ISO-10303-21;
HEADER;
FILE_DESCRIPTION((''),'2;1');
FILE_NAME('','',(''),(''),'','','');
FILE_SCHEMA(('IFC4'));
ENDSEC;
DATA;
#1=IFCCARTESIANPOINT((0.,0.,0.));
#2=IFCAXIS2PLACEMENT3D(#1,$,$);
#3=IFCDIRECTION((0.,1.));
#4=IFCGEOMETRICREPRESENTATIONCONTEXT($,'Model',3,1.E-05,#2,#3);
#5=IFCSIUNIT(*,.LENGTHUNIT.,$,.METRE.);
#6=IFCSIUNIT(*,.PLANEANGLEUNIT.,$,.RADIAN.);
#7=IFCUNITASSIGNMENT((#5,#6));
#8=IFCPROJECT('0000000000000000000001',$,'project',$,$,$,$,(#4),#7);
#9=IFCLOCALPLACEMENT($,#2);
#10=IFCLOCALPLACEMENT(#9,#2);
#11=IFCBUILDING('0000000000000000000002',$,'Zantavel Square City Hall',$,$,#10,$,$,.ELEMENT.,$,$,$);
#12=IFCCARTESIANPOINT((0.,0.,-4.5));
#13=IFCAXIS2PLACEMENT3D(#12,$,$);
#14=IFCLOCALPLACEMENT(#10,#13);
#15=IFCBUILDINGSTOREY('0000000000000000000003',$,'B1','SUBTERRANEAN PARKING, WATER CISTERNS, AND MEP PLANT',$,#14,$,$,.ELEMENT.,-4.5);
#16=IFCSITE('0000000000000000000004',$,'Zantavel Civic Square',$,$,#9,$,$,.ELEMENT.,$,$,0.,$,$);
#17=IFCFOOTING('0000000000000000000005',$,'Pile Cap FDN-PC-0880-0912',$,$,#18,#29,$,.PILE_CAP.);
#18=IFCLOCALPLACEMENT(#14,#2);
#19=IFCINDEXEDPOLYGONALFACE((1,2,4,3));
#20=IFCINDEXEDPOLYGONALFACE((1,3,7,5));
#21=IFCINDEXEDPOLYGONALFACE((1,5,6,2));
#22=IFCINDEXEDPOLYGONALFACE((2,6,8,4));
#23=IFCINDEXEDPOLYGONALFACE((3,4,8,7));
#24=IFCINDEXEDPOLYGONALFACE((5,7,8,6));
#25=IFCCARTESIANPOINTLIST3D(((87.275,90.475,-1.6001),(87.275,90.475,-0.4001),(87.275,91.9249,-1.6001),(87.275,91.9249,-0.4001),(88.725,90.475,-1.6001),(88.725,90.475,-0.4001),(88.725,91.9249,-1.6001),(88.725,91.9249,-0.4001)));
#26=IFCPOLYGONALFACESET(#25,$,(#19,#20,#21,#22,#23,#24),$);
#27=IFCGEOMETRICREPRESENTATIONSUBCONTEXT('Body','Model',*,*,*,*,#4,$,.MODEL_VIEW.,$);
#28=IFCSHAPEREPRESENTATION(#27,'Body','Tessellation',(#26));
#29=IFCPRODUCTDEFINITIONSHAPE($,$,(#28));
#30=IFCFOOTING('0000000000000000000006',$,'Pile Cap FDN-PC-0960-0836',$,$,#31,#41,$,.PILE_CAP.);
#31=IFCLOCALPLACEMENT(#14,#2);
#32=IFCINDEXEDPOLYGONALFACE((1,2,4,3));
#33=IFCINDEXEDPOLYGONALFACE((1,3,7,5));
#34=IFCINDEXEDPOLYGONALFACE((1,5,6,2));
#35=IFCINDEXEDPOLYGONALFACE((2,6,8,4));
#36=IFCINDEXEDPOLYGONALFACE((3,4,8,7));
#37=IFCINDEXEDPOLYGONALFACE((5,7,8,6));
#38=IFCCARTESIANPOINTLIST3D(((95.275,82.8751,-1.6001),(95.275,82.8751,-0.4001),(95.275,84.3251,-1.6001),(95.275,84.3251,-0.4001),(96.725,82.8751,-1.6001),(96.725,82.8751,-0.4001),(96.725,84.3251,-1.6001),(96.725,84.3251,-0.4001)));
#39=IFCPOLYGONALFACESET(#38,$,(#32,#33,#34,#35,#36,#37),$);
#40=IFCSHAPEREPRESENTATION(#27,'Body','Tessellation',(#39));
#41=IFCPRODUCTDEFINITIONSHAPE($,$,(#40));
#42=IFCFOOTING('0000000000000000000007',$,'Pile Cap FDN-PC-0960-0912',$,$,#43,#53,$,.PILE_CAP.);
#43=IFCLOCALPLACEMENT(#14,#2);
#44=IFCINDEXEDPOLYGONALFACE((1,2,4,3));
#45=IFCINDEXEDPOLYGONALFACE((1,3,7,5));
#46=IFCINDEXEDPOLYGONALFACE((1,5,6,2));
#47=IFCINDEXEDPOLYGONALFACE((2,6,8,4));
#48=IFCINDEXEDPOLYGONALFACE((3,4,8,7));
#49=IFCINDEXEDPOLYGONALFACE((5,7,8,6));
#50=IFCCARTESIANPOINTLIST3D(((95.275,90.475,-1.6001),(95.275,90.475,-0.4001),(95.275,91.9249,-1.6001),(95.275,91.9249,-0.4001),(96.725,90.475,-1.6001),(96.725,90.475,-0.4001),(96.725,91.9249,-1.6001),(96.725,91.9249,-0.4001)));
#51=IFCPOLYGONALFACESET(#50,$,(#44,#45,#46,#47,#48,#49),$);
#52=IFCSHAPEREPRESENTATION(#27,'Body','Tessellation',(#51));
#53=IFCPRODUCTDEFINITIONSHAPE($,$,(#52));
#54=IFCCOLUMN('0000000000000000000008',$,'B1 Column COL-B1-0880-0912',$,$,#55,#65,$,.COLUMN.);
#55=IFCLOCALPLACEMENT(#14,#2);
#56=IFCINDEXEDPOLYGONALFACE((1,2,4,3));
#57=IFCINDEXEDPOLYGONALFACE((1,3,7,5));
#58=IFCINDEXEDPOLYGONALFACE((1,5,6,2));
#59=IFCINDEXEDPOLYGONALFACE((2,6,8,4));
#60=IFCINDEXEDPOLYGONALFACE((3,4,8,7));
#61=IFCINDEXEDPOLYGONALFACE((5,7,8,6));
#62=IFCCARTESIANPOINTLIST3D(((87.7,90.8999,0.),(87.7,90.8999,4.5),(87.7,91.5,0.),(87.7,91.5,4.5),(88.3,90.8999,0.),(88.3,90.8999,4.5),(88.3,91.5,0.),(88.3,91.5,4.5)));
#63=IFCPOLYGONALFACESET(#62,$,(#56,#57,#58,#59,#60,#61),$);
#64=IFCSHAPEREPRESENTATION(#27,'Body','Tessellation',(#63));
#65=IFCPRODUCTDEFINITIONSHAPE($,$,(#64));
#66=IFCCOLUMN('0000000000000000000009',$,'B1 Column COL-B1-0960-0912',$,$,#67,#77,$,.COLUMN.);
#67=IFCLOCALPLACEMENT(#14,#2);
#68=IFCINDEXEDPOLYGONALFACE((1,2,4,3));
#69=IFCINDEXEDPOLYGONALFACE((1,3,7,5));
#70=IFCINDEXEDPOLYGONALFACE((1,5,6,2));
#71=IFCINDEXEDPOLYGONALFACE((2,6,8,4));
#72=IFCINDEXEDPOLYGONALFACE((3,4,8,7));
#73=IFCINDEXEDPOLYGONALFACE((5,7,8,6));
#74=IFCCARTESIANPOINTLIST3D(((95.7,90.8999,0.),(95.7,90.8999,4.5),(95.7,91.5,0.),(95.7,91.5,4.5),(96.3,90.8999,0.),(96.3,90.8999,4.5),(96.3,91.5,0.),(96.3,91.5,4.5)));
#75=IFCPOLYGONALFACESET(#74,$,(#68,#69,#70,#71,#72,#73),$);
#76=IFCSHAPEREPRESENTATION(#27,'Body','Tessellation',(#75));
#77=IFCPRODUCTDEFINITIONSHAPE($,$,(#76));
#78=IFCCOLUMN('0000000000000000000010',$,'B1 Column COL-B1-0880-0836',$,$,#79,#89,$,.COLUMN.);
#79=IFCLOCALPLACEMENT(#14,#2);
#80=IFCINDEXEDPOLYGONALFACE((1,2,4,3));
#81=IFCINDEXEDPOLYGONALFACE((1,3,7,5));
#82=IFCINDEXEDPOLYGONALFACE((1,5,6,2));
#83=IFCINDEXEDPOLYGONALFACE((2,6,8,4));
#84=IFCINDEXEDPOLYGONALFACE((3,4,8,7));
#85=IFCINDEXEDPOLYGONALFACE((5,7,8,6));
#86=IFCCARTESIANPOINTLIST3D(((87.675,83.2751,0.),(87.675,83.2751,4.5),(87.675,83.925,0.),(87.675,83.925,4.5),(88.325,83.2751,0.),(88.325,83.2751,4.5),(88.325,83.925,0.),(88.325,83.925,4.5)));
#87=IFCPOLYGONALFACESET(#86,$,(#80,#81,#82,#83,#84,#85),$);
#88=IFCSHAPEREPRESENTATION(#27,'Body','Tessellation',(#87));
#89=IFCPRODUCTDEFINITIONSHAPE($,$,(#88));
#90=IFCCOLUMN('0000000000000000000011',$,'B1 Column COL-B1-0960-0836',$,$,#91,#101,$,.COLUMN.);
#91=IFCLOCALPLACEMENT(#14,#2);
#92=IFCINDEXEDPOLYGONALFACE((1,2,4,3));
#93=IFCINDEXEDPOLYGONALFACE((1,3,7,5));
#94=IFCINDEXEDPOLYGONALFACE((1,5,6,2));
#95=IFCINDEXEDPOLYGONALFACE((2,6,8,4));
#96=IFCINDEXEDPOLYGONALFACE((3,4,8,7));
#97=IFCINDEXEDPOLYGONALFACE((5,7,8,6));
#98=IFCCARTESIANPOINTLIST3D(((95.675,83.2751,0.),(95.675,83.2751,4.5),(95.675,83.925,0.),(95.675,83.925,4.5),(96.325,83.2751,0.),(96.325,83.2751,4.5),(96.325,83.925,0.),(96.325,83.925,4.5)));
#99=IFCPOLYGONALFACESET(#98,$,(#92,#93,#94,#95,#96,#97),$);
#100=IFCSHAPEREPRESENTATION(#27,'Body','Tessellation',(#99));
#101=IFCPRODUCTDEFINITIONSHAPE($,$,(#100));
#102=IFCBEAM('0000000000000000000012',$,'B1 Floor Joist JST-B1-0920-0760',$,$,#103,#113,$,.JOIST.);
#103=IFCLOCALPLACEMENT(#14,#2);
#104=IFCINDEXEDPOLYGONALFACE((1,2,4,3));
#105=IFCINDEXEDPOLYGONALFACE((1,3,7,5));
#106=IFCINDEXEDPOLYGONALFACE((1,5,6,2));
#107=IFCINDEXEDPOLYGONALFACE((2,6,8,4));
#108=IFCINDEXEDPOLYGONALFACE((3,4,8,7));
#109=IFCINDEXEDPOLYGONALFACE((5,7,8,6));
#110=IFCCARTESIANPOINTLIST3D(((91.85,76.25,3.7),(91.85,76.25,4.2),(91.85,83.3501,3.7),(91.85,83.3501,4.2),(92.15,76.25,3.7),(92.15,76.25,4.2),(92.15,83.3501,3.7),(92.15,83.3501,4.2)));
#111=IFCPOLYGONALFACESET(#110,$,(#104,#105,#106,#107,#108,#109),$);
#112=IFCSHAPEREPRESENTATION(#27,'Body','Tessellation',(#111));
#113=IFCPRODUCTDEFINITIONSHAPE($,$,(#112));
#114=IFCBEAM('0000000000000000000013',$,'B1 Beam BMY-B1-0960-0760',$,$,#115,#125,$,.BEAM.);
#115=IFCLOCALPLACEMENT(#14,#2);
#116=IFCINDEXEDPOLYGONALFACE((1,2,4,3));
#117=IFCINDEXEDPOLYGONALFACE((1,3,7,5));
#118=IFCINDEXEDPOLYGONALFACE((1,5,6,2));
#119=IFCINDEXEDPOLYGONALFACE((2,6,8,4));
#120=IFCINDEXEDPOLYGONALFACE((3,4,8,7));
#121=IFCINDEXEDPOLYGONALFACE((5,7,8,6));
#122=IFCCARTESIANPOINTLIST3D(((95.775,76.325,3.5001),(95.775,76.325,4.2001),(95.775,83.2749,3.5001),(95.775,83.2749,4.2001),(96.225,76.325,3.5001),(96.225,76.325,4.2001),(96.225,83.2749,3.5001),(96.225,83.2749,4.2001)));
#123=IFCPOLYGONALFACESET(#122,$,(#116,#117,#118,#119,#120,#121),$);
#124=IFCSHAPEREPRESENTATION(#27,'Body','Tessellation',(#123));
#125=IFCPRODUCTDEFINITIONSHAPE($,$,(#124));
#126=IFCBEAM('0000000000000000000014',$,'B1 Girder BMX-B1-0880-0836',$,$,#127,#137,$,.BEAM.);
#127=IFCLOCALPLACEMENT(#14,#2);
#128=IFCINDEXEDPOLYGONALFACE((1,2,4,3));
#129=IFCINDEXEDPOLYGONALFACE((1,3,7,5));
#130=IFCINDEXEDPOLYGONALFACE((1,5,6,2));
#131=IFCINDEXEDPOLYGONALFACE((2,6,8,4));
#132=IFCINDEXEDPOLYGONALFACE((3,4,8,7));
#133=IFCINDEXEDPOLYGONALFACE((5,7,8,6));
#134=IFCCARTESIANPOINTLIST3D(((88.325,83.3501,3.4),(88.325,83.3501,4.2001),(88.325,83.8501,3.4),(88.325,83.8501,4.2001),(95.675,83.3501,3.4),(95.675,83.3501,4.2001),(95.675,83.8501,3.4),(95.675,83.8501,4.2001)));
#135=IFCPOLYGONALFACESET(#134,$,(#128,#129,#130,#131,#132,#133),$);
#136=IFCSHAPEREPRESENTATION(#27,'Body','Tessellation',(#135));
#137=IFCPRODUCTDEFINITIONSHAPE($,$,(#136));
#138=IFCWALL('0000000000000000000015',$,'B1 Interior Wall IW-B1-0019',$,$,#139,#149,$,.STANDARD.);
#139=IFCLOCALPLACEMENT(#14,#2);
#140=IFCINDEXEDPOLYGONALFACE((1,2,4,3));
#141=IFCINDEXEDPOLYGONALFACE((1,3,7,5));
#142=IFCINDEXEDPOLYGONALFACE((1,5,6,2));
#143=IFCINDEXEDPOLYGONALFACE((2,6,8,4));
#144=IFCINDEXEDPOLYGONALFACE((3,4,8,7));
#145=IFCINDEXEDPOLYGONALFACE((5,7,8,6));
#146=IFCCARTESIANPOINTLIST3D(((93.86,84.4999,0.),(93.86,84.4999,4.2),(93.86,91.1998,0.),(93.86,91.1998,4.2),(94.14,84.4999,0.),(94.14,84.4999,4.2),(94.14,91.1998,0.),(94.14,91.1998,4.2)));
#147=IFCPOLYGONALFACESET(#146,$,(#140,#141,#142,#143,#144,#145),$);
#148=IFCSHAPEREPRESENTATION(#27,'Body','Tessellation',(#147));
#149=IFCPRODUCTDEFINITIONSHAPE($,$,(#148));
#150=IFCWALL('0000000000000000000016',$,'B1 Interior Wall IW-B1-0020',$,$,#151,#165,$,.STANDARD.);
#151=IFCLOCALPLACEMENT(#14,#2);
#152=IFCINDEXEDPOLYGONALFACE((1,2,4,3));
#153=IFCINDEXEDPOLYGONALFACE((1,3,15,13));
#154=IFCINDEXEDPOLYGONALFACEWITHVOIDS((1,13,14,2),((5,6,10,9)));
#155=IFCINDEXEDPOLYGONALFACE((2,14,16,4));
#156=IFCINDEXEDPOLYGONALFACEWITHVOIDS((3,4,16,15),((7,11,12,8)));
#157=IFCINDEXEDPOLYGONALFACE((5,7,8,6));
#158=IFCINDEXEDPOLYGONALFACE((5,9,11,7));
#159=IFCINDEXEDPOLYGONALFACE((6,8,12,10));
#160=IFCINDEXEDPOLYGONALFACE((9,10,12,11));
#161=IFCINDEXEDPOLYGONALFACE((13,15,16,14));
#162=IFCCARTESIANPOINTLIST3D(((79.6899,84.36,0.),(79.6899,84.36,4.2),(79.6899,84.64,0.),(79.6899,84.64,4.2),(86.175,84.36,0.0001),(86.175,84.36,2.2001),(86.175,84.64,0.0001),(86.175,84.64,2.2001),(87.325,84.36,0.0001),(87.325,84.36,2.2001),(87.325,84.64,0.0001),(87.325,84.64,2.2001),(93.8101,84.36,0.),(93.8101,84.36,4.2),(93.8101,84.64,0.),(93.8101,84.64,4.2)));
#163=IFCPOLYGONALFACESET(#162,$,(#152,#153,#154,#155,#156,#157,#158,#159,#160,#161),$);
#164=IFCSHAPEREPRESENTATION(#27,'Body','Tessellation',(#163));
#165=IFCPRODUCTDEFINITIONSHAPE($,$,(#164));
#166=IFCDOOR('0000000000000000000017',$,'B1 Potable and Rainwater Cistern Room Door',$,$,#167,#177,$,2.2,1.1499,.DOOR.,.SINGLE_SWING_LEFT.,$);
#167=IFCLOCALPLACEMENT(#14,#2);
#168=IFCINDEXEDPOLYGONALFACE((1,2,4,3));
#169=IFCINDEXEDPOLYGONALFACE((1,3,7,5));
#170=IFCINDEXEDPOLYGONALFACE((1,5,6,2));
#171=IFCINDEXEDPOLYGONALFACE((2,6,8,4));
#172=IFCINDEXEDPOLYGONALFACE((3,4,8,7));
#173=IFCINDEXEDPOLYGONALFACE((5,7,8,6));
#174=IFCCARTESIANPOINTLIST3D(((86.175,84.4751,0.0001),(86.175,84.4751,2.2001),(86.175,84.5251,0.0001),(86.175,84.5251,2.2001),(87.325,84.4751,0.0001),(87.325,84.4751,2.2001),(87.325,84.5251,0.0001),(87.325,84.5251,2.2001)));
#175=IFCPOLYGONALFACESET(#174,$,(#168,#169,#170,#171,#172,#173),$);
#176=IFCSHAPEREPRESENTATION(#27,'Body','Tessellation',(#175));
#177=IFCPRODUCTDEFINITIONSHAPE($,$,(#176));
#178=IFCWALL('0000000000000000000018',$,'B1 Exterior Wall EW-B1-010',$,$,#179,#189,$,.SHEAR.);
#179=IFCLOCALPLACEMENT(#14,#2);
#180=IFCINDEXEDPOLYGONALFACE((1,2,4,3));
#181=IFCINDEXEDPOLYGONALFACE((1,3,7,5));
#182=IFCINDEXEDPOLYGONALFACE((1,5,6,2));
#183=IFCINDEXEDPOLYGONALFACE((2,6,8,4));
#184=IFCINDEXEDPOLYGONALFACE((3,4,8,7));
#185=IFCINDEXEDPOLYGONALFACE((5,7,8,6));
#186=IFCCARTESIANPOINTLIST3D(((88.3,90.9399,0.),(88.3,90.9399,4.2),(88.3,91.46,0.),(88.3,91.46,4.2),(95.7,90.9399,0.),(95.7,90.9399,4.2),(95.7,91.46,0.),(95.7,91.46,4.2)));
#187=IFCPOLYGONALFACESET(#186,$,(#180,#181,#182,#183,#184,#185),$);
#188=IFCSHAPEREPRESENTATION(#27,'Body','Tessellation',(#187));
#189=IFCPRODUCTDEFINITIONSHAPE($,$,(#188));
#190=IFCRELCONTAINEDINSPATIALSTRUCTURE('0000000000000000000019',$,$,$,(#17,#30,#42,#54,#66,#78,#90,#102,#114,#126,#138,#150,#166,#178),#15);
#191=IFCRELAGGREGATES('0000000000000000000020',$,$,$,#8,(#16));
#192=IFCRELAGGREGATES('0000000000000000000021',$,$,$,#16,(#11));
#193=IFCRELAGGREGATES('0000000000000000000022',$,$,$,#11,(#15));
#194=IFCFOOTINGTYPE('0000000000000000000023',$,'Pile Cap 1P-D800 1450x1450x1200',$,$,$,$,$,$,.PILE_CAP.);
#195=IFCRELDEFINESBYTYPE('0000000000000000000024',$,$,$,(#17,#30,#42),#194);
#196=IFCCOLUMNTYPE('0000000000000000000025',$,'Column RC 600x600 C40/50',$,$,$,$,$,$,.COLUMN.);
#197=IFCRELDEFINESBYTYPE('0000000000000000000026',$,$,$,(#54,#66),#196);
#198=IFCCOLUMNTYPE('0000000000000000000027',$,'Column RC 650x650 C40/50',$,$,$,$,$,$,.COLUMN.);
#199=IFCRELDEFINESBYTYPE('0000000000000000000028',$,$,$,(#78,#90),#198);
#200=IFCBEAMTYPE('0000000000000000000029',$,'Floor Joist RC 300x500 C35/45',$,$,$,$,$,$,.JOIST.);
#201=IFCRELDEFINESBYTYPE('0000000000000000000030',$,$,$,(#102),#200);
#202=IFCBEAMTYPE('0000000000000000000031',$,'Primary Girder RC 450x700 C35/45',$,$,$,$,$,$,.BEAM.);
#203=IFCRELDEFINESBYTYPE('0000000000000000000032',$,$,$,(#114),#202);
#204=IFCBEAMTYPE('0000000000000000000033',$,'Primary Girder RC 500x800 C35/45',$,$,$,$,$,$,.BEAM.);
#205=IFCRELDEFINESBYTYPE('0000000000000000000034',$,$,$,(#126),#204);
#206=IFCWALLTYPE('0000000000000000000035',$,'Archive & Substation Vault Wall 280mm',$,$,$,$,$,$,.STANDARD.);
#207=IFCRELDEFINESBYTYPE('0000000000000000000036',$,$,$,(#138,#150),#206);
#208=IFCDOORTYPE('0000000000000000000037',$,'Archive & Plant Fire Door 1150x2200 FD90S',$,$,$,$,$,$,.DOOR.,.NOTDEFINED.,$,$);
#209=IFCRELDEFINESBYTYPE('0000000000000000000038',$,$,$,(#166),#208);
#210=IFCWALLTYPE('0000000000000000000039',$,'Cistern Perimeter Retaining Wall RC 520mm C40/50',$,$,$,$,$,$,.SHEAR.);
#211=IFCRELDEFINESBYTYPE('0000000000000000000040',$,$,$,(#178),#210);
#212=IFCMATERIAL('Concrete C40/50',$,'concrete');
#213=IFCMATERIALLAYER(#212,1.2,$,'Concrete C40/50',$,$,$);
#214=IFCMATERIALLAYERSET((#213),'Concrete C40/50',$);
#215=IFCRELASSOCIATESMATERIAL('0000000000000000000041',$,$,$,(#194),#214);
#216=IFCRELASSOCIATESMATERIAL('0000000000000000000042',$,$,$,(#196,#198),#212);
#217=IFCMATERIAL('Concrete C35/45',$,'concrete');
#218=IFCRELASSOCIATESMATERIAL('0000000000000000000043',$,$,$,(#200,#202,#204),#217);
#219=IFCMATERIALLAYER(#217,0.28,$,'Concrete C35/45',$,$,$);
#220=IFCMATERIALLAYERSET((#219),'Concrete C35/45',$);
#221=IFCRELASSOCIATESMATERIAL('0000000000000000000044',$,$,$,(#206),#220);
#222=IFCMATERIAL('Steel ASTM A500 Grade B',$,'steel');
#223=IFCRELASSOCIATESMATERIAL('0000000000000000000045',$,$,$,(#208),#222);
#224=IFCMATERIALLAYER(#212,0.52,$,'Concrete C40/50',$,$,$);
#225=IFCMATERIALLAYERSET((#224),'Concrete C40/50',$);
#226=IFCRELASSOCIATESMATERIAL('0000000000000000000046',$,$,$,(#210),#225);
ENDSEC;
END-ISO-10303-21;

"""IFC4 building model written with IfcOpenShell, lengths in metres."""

from ifc_helpers import new_model, si_unit, direction, frame, frame_2d, origin, origin_2d, place, context, subcontext, project, spatial, rectangle, extrude, material, layer, layer_set, material_profile, profile_set, type_object, element, fill, save


model = new_model("IFC4")

# Units and contexts
model_context = context("Model", 3, precision=1e-05, world=origin(), true_north=direction((0.0, 1.0)))
body_context = subcontext(model_context, "Body", "Model", "MODEL_VIEW")
ifc_project = project(units=[si_unit("LENGTHUNIT", "METRE"), si_unit("PLANEANGLEUNIT", "RADIAN")], contexts=[model_context])

# Site, building, storey
site_placement = place(None, origin())
site = spatial("IfcSite", under=ifc_project, at=site_placement, Name="Zantavel Civic Square", CompositionType="ELEMENT", RefElevation=0.0)
building_placement = place(site_placement, origin())
building = spatial("IfcBuilding", under=site, at=building_placement, Name="Zantavel Square City Hall", CompositionType="ELEMENT")
storey_placement = place(building_placement, frame((0.0, 0.0, -4.5)))
storey = spatial("IfcBuildingStorey", under=building, at=storey_placement, Name="B1", Description="SUBTERRANEAN PARKING, WATER CISTERNS, AND MEP PLANT", CompositionType="ELEMENT", Elevation=-4.5)

# Shared definitions
ifc_material_1 = material(Name="Concrete C35/45", Category="concrete")

# Footings
ifc_material_2 = material(Name="Concrete C40/50", Category="concrete")
ifc_layer_1 = layer(ifc_material_2, 1.2, Name="Concrete C40/50")
ifc_layer_set_1 = layer_set([ifc_layer_1], Name="Concrete C40/50")
footing_type_1 = type_object("IfcFootingType", Name="Pile Cap 1P-D800 1450x1450x1200", PredefinedType="PILE_CAP", material=ifc_layer_set_1)
for number, where, z_axis, x_axis, name in (
    (1, (88.0, 91.2, -1.6001), (0.0, 0.0, 1.0), (1.0, 0.0, 0.0), "Pile Cap FDN-PC-0880-0912"),
    (2, (96.0, 83.6001, -1.6001), (0.0, 0.0, 1.0), (1.0, 0.0, 0.0), "Pile Cap FDN-PC-0960-0836"),
    (3, (96.0, 91.2, -1.6001), (0.0, 0.0, 1.0), (1.0, 0.0, 0.0), "Pile Cap FDN-PC-0960-0912"),
):
    element("IfcFooting", number, at=place(storey_placement, frame(where, z_axis=z_axis, x_axis=x_axis)), inside=storey, type_object=footing_type_1, Name=name, PredefinedType="PILE_CAP", context=body_context, shape_type="SweptSolid", body=[
        extrude(rectangle(XDim=1.45, YDim=1.45, at=origin_2d()), origin(), (0.0, 0.0, 1.0), 1.2),
    ])

# Columns
ifc_material_profile_1 = material_profile(ifc_material_2, rectangle(XDim=0.6001, YDim=0.6001, at=origin_2d()), Name="RC 600x600")
ifc_profile_set_1 = profile_set([ifc_material_profile_1], Name="Concrete C40/50")
column_type_1 = type_object("IfcColumnType", Name="Column RC 600x600 C40/50", PredefinedType="COLUMN", material=ifc_profile_set_1)
for number, where, z_axis, x_axis, name in (
    (4, (88.0, 91.2, 0.0), (0.0, 0.0, 1.0), (1.0, 0.0, 0.0), "B1 Column COL-B1-0880-0912"),
    (5, (96.0, 91.2, 0.0), (0.0, 0.0, 1.0), (1.0, 0.0, 0.0), "B1 Column COL-B1-0960-0912"),
):
    element("IfcColumn", number, at=place(storey_placement, frame(where, z_axis=z_axis, x_axis=x_axis)), inside=storey, type_object=column_type_1, Name=name, PredefinedType="COLUMN", context=body_context, shape_type="SweptSolid", body=[
        extrude(rectangle(XDim=0.6001, YDim=0.6001, at=origin_2d()), origin(), (0.0, 0.0, 1.0), 4.5),
    ])
ifc_material_profile_2 = material_profile(ifc_material_2, rectangle(XDim=0.6499, YDim=0.6499, at=origin_2d()), Name="RC 650x650")
ifc_profile_set_2 = profile_set([ifc_material_profile_2], Name="Concrete C40/50")
column_type_2 = type_object("IfcColumnType", Name="Column RC 650x650 C40/50", PredefinedType="COLUMN", material=ifc_profile_set_2)
for number, where, z_axis, x_axis, name in (
    (6, (88.0, 83.6001, 0.0), (0.0, 0.0, 1.0), (1.0, 0.0, 0.0), "B1 Column COL-B1-0880-0836"),
    (7, (96.0, 83.6001, 0.0), (0.0, 0.0, 1.0), (1.0, 0.0, 0.0), "B1 Column COL-B1-0960-0836"),
):
    element("IfcColumn", number, at=place(storey_placement, frame(where, z_axis=z_axis, x_axis=x_axis)), inside=storey, type_object=column_type_2, Name=name, PredefinedType="COLUMN", context=body_context, shape_type="SweptSolid", body=[
        extrude(rectangle(XDim=0.6499, YDim=0.6499, at=origin_2d()), origin(), (0.0, 0.0, 1.0), 4.5),
    ])

# Beams
ifc_material_profile_3 = material_profile(ifc_material_1, rectangle(XDim=0.3, YDim=0.5, at=origin_2d()), Name="RC 300x500")
ifc_profile_set_3 = profile_set([ifc_material_profile_3], Name="Concrete C35/45")
beam_type_1 = type_object("IfcBeamType", Name="Floor Joist RC 300x500 C35/45", PredefinedType="JOIST", material=ifc_profile_set_3)
beam_1_placement = place(storey_placement, frame((92.0, 76.25, 3.95), z_axis=(0.0, 1.0, 0.0), x_axis=(-1.0, 0.0, 0.0)))
element("IfcBeam", 8, at=beam_1_placement, inside=storey, type_object=beam_type_1, Name="B1 Floor Joist JST-B1-0920-0760", PredefinedType="JOIST", context=body_context, shape_type="SweptSolid", body=[
    extrude(rectangle(XDim=0.3, YDim=0.5, at=origin_2d()), origin(), (0.0, 0.0, 1.0), 7.1001),
])
ifc_material_profile_4 = material_profile(ifc_material_1, rectangle(XDim=0.45, YDim=0.7, at=origin_2d()), Name="RC 450x700")
ifc_profile_set_4 = profile_set([ifc_material_profile_4], Name="Concrete C35/45")
beam_type_2 = type_object("IfcBeamType", Name="Primary Girder RC 450x700 C35/45", PredefinedType="BEAM", material=ifc_profile_set_4)
beam_2_placement = place(storey_placement, frame((96.0, 76.325, 3.8501), z_axis=(0.0, 1.0, 0.0), x_axis=(-1.0, 0.0, 0.0)))
element("IfcBeam", 9, at=beam_2_placement, inside=storey, type_object=beam_type_2, Name="B1 Beam BMY-B1-0960-0760", PredefinedType="BEAM", context=body_context, shape_type="SweptSolid", body=[
    extrude(rectangle(XDim=0.45, YDim=0.7, at=origin_2d()), origin(), (0.0, 0.0, 1.0), 6.95),
])
ifc_material_profile_5 = material_profile(ifc_material_1, rectangle(XDim=0.5, YDim=0.8, at=origin_2d()), Name="RC 500x800")
ifc_profile_set_5 = profile_set([ifc_material_profile_5], Name="Concrete C35/45")
beam_type_3 = type_object("IfcBeamType", Name="Primary Girder RC 500x800 C35/45", PredefinedType="BEAM", material=ifc_profile_set_5)
beam_3_placement = place(storey_placement, frame((88.325, 83.6001, 3.8), z_axis=(1.0, 0.0, 0.0), x_axis=(0.0, 1.0, 0.0)))
element("IfcBeam", 10, at=beam_3_placement, inside=storey, type_object=beam_type_3, Name="B1 Girder BMX-B1-0880-0836", PredefinedType="BEAM", context=body_context, shape_type="SweptSolid", body=[
    extrude(rectangle(XDim=0.5, YDim=0.8, at=origin_2d()), origin(), (0.0, 0.0, 1.0), 7.3501),
])

# Wall
ifc_layer_2 = layer(ifc_material_1, 0.28, Name="Concrete C35/45")
ifc_layer_set_2 = layer_set([ifc_layer_2], Name="Concrete C35/45")
wall_type_1 = type_object("IfcWallType", Name="Archive & Substation Vault Wall 280mm", PredefinedType="STANDARD", material=ifc_layer_set_2)
wall_1_placement = place(storey_placement, frame((94.0, 91.2, 0.0), z_axis=(0.0, 0.0, 1.0), x_axis=(0.0, -1.0, 0.0)))
element("IfcWall", 11, at=wall_1_placement, inside=storey, type_object=wall_type_1, Name="B1 Interior Wall IW-B1-0019", PredefinedType="STANDARD", context=body_context, shape_type="SweptSolid", body=[
    extrude(rectangle(XDim=6.7, YDim=0.28, at=frame_2d((3.3501, 0.0))), origin(), (0.0, 0.0, 1.0), 4.2),
])

# Wall, opening, door
wall_2_placement = place(storey_placement, frame((93.8101, 84.5, 0.0), z_axis=(0.0, 0.0, 1.0), x_axis=(-1.0, 0.0, 0.0)))
wall_2 = element("IfcWall", 12, at=wall_2_placement, inside=storey, type_object=wall_type_1, Name="B1 Interior Wall IW-B1-0020", PredefinedType="STANDARD", context=body_context, shape_type="SweptSolid", body=[
    extrude(rectangle(XDim=14.1201, YDim=0.28, at=frame_2d((7.0601, 0.0))), origin(), (0.0, 0.0, 1.0), 4.2),
])
opening_placement = place(wall_2_placement, frame((6.4851, 0.0, 0.0)))
opening = element("IfcOpeningElement", 13, at=opening_placement, cuts=wall_2, PredefinedType="OPENING", context=body_context, shape_type="SweptSolid", body=[
    extrude(rectangle(XDim=1.1499, YDim=2.2, at=frame_2d((0.575, 1.1001))), frame((0.0, 0.1499, 0.0), z_axis=(0.0, -1.0, 0.0), x_axis=(1.0, 0.0, 0.0)), (0.0, 0.0, 1.0), 0.3),
])
ifc_material_3 = material(Name="Steel ASTM A500 Grade B", Category="steel")
door_type = type_object("IfcDoorType", Name="Archive & Plant Fire Door 1150x2200 FD90S", OperationType="NOTDEFINED", PredefinedType="DOOR", material=ifc_material_3)
door_placement = place(opening_placement, origin())
door = element("IfcDoor", 14, at=door_placement, inside=storey, type_object=door_type, Name="B1 Potable and Rainwater Cistern Room Door", OperationType="SINGLE_SWING_LEFT", OverallHeight=2.2, OverallWidth=1.1499, PredefinedType="DOOR", context=body_context, shape_type="SweptSolid", body=[
    extrude(rectangle(XDim=1.1499, YDim=2.2, at=frame_2d((0.575, 1.1001))), frame((0.0, 0.0249, 0.0), z_axis=(0.0, -1.0, 0.0), x_axis=(1.0, 0.0, 0.0)), (0.0, 0.0, 1.0), 0.05),
])
fill(opening, door)

# Wall
ifc_layer_3 = layer(ifc_material_2, 0.52, Name="Concrete C40/50")
ifc_layer_set_3 = layer_set([ifc_layer_3], Name="Concrete C40/50")
wall_type_2 = type_object("IfcWallType", Name="Cistern Perimeter Retaining Wall RC 520mm C40/50", PredefinedType="SHEAR", material=ifc_layer_set_3)
wall_3_placement = place(storey_placement, frame((88.3, 91.2, 0.0), z_axis=(0.0, 0.0, 1.0), x_axis=(1.0, 0.0, 0.0)))
element("IfcWall", 15, at=wall_3_placement, inside=storey, type_object=wall_type_2, Name="B1 Exterior Wall EW-B1-010", PredefinedType="SHEAR", context=body_context, shape_type="SweptSolid", body=[
    extrude(rectangle(XDim=7.3999, YDim=0.52, at=frame_2d((3.7, 0.0))), origin(), (0.0, 0.0, 1.0), 4.2),
])

save(model, "model.ifc")
